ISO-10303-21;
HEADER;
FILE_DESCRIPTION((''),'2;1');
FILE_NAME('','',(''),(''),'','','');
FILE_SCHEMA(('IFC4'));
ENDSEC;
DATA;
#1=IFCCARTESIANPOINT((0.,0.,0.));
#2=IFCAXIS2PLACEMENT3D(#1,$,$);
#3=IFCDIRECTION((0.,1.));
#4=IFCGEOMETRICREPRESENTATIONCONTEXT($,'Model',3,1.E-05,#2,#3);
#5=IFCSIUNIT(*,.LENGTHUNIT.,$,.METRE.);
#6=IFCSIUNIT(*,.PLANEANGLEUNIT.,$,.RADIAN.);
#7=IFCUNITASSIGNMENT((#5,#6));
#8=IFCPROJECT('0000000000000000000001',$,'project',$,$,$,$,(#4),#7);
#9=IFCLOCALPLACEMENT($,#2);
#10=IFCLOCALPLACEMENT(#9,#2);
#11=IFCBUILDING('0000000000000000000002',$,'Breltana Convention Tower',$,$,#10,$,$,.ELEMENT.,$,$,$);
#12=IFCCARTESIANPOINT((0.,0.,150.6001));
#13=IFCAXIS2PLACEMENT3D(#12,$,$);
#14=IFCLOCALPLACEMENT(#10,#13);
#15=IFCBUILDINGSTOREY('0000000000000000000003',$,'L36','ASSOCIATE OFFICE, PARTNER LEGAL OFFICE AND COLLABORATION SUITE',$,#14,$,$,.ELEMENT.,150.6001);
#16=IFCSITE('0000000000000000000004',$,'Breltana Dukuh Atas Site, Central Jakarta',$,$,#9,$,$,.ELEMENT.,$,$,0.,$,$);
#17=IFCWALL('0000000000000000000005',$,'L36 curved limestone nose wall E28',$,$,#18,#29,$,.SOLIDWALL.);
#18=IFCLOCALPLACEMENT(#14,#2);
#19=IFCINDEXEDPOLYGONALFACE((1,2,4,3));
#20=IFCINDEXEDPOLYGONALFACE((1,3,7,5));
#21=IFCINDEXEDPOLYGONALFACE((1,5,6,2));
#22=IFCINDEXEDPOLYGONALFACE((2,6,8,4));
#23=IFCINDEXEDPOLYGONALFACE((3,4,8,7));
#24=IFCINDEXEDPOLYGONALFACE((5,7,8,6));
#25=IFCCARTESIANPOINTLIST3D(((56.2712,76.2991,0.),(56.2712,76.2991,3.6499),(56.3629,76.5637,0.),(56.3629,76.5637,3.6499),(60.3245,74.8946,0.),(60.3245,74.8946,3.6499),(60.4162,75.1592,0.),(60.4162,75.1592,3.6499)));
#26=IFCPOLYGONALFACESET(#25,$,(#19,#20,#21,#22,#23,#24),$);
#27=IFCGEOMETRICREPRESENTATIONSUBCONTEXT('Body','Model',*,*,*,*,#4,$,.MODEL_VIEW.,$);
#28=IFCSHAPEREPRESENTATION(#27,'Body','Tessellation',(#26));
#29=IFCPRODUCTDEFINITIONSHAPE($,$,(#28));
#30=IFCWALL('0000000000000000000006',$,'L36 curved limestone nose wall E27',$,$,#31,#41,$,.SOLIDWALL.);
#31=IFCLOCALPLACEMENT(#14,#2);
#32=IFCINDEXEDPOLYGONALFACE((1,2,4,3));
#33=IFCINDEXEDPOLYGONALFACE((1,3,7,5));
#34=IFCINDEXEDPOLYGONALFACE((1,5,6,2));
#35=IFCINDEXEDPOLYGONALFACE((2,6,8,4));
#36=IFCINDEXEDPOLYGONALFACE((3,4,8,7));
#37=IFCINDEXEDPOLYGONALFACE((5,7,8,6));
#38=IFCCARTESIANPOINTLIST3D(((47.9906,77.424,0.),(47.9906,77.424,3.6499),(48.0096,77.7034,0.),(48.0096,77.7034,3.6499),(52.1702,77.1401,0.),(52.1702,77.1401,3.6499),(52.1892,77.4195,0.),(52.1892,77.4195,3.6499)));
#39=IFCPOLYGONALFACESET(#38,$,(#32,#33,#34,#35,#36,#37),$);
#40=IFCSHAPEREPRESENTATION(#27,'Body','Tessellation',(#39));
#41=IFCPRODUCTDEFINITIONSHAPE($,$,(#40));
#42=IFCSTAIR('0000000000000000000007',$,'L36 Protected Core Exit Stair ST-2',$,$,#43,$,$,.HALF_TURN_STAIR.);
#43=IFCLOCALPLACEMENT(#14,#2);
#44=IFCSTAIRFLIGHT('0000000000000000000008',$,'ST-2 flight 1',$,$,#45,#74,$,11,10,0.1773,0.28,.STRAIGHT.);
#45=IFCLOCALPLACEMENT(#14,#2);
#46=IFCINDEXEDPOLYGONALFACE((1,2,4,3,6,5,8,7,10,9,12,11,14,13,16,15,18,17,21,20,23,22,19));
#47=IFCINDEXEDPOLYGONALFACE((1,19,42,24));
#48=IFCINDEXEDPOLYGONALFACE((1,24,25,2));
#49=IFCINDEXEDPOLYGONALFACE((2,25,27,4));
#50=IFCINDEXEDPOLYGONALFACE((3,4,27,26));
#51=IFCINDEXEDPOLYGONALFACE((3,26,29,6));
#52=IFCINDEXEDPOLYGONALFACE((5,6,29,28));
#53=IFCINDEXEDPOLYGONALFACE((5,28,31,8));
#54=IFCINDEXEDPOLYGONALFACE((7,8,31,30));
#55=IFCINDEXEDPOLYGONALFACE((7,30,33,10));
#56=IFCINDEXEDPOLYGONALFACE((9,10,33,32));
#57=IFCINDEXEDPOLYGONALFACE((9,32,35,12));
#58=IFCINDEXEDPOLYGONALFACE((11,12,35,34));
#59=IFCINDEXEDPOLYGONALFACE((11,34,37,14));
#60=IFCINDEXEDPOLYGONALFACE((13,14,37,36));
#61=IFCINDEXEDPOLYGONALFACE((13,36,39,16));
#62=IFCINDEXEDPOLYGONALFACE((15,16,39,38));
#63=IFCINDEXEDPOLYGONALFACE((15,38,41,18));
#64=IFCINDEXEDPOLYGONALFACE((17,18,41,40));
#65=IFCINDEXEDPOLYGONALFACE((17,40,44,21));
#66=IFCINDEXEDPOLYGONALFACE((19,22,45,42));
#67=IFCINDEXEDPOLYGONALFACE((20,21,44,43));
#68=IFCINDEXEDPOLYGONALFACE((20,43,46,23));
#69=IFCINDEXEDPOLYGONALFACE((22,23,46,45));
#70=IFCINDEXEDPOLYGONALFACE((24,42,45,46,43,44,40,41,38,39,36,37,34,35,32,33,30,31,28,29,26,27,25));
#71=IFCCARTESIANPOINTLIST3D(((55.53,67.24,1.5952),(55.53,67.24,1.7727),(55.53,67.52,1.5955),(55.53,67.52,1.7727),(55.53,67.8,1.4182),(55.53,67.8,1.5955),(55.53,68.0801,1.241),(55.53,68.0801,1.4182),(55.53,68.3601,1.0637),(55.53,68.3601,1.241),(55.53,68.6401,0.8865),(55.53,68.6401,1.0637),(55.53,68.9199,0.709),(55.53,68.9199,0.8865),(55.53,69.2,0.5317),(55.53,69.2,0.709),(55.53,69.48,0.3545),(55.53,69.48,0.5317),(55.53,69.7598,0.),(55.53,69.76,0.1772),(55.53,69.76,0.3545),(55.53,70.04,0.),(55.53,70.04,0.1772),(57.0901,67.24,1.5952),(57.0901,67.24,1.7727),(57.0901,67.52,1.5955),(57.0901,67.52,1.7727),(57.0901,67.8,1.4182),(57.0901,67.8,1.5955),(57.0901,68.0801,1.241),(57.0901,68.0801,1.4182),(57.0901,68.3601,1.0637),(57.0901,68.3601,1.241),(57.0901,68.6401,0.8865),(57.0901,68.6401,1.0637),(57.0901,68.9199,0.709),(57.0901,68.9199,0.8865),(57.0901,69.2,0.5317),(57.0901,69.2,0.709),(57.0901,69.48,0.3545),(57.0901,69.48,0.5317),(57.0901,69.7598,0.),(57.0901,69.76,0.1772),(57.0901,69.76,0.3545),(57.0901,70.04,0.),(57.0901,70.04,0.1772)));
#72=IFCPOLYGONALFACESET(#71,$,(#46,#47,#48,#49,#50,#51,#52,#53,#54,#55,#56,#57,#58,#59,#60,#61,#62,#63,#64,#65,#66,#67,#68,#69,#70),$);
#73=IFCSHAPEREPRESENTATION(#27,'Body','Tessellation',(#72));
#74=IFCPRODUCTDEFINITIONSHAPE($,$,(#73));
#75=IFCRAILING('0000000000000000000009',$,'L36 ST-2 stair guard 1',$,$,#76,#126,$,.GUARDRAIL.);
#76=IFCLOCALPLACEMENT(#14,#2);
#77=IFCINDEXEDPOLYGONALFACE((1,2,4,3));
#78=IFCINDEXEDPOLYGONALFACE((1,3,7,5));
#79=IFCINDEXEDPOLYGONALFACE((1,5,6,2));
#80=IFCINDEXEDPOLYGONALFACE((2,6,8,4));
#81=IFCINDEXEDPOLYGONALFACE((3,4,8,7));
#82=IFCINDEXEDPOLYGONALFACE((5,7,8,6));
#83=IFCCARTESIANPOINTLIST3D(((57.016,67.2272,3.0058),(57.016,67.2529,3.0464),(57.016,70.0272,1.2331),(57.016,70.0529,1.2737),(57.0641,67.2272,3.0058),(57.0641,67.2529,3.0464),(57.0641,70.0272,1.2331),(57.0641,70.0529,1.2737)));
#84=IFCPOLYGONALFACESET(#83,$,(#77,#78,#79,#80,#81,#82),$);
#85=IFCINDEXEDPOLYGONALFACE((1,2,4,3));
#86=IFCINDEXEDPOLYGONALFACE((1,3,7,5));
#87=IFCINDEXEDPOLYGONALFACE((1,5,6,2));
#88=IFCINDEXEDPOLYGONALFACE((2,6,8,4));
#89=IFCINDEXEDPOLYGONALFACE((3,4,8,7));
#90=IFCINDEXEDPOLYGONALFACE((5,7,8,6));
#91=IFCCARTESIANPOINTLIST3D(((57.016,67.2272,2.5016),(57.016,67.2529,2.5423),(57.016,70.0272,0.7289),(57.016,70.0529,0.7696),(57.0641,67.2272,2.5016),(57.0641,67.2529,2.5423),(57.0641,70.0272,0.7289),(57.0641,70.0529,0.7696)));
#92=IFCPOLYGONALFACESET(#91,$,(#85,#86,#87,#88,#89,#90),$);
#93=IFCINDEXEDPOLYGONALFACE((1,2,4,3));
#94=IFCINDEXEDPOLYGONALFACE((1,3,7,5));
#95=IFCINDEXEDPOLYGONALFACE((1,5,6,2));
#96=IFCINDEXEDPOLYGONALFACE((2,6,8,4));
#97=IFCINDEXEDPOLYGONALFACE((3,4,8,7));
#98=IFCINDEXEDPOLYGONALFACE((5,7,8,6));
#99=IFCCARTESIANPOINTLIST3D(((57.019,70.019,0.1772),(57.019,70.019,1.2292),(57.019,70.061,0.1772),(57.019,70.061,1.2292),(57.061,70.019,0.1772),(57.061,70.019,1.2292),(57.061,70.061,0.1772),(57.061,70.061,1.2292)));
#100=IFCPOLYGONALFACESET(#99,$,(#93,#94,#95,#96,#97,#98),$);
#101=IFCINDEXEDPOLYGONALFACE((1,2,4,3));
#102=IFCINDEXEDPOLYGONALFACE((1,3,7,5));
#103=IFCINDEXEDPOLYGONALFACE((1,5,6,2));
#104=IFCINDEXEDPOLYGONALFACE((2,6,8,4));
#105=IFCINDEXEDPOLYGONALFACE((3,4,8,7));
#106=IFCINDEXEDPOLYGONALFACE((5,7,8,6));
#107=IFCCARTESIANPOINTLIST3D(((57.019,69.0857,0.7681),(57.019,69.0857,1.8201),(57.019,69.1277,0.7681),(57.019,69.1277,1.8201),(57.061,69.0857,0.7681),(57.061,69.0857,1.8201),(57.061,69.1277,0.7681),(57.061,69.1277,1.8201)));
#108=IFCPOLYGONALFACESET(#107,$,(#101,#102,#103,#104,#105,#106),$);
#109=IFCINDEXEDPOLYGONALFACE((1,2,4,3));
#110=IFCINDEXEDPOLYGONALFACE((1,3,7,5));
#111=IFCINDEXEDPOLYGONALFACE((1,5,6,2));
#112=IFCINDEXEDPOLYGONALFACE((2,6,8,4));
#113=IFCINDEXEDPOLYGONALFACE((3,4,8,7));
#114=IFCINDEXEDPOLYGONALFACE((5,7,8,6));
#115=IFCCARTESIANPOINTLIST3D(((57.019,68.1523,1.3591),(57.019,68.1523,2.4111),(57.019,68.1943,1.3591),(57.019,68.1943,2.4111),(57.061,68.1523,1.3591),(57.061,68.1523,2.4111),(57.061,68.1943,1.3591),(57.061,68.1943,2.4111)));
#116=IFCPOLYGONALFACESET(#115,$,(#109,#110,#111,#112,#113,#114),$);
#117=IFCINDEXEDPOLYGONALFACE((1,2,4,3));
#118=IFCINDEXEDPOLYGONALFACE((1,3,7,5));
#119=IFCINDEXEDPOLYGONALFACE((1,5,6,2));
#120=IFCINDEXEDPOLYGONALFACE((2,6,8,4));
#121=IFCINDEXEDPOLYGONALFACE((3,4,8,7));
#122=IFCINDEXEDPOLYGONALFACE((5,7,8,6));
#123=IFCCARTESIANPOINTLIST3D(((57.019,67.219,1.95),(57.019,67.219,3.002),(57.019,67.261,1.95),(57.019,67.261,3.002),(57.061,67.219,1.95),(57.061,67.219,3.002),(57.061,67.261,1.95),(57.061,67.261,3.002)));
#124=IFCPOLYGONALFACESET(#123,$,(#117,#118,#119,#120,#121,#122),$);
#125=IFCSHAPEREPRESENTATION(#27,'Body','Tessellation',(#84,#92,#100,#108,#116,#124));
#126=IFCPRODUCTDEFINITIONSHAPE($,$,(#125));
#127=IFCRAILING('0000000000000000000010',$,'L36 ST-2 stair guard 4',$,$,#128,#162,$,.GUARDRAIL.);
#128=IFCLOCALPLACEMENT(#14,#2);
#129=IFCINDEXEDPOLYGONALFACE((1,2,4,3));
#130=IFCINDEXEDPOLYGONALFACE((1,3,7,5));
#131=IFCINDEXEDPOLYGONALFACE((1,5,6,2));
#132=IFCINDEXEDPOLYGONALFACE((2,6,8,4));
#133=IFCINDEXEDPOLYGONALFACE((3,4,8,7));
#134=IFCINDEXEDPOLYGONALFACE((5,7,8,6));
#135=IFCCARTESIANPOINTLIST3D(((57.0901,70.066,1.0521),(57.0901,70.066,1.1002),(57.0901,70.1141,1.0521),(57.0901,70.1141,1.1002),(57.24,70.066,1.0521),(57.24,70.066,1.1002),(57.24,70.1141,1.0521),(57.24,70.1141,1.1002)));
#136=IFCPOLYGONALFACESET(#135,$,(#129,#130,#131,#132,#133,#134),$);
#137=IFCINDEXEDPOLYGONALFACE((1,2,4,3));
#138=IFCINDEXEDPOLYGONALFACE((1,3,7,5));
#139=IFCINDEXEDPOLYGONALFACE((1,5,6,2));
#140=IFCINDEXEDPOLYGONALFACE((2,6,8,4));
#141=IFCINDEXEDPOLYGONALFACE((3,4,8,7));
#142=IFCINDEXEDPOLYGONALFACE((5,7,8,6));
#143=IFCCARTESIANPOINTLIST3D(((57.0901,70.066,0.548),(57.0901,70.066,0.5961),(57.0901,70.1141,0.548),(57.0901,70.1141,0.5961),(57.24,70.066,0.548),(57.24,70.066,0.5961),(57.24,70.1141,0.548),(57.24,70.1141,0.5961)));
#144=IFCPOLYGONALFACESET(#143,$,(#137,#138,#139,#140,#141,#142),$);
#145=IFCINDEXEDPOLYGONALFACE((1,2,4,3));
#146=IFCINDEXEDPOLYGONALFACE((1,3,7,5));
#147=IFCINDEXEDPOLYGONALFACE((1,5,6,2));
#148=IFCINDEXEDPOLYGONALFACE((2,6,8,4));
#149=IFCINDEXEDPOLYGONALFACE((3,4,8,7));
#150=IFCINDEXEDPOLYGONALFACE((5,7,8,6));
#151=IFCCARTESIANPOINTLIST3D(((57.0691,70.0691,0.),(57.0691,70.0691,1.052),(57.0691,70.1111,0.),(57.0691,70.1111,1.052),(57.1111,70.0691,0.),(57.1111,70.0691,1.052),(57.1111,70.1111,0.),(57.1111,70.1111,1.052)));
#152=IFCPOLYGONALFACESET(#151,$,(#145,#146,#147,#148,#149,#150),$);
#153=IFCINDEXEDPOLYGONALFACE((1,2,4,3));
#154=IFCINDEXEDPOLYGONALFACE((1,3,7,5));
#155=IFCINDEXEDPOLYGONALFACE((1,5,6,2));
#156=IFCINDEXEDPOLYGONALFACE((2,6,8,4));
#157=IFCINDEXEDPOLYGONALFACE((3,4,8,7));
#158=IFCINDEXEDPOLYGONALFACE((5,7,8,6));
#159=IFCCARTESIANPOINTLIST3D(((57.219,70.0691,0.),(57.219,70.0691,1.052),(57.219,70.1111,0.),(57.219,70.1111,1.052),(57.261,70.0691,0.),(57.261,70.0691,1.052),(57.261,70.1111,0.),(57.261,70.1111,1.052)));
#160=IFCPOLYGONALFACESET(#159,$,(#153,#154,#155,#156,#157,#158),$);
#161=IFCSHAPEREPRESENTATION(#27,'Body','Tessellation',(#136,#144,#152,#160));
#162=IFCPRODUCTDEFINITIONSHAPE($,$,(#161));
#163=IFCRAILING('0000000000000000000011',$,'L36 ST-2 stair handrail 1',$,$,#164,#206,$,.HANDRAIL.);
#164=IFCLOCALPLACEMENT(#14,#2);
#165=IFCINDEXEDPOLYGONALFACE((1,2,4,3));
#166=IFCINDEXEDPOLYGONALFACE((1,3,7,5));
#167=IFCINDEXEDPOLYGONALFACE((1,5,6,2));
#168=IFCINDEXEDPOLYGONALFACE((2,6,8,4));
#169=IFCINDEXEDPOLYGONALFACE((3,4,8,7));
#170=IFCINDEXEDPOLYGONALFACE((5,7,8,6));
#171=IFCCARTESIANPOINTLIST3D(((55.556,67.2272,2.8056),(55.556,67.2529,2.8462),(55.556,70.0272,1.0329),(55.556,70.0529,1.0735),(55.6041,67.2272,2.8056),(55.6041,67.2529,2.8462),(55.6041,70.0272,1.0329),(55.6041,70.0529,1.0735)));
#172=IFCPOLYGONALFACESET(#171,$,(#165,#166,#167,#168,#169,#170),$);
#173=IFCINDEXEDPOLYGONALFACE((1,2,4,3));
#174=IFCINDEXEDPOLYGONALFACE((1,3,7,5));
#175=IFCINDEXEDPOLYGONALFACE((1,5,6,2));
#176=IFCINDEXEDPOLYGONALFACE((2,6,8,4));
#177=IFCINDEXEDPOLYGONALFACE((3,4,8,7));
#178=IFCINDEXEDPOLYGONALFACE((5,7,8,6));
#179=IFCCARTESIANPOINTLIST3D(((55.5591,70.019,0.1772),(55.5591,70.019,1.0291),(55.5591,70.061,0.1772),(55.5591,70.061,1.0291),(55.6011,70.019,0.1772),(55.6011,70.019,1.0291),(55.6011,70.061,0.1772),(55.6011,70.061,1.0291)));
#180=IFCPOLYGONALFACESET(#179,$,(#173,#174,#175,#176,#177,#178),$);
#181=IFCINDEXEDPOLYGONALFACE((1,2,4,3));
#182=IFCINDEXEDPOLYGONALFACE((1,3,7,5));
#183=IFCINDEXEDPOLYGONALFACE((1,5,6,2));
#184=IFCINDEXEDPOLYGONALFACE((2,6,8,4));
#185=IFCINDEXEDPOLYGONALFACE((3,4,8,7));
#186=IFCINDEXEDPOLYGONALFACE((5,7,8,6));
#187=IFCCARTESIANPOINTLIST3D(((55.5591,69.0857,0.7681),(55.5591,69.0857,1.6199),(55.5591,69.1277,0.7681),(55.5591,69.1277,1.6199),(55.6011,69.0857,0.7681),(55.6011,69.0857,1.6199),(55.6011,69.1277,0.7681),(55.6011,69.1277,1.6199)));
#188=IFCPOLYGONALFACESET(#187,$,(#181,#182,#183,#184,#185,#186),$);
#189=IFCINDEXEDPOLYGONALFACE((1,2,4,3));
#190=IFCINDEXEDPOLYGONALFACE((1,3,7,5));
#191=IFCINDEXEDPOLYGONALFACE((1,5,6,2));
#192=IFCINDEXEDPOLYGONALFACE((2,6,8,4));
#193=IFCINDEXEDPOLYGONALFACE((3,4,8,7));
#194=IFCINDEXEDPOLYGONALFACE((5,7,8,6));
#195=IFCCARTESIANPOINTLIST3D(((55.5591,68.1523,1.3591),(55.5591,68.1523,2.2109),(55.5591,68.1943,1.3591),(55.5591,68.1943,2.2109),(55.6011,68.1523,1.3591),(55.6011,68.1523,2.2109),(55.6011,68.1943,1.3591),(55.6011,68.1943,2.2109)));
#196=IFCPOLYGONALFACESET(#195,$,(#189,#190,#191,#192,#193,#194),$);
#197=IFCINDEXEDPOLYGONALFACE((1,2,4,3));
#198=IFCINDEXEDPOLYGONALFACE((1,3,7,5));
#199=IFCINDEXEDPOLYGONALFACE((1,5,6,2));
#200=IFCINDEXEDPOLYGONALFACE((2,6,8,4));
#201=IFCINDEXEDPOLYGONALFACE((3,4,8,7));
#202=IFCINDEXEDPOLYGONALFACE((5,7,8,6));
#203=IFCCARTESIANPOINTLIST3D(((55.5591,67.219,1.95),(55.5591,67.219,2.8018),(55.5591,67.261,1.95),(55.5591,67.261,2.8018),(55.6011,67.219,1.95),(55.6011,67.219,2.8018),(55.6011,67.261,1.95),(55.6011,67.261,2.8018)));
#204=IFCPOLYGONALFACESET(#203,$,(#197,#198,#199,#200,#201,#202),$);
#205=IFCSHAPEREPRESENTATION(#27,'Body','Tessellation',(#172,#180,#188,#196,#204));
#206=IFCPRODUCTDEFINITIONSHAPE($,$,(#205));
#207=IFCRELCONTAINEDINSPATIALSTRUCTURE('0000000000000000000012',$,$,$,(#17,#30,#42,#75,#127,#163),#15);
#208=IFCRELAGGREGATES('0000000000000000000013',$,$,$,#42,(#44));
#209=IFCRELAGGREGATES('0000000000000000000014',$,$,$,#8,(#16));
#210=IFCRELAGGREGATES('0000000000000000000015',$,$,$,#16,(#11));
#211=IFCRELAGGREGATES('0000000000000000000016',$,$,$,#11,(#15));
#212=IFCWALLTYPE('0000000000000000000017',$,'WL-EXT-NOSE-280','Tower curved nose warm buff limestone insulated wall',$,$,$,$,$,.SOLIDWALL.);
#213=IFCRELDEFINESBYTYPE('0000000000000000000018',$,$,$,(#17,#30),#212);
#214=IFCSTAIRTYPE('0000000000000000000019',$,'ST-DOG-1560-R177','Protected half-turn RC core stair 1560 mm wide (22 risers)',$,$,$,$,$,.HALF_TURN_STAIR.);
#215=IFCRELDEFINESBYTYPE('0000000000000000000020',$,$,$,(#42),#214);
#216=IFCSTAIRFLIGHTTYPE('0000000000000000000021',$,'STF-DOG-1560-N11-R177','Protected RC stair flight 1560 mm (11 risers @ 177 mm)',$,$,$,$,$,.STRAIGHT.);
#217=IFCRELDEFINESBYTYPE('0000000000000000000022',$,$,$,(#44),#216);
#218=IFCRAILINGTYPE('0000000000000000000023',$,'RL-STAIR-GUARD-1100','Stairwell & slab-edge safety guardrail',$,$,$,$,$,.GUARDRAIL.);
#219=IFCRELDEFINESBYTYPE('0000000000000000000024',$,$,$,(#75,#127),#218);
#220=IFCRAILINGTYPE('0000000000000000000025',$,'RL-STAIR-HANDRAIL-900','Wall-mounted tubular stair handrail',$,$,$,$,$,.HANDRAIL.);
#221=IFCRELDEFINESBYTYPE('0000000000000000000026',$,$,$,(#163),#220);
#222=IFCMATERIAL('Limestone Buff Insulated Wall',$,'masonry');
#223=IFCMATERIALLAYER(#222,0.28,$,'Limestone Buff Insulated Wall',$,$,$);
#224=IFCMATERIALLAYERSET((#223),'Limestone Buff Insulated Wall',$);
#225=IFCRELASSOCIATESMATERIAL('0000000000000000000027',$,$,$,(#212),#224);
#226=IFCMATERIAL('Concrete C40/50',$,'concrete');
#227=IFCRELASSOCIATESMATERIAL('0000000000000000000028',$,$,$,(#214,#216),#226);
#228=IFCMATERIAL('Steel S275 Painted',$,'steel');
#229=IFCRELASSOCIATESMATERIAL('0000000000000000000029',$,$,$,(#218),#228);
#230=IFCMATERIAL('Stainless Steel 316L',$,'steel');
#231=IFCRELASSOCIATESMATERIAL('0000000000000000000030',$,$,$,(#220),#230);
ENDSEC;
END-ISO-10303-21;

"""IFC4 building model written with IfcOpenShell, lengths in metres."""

from ifc_helpers import new_model, si_unit, direction, frame, frame_2d, origin, origin_2d, place, context, subcontext, project, spatial, polyline, rectangle, outline, extrude, source, transform, mapped, material, layer, layer_set, type_object, element, aggregate, save


model = new_model("IFC4")

# Units and contexts
model_context = context("Model", 3, precision=1e-05, world=origin(), true_north=direction((0.0, 1.0)))
body_context = subcontext(model_context, "Body", "Model", "MODEL_VIEW")
ifc_project = project(units=[si_unit("LENGTHUNIT", "METRE"), si_unit("PLANEANGLEUNIT", "RADIAN")], contexts=[model_context])

# Site, building, storey
site_placement = place(None, origin())
site = spatial("IfcSite", under=ifc_project, at=site_placement, Name="Breltana Dukuh Atas Site, Central Jakarta", CompositionType="ELEMENT", RefElevation=0.0)
building_placement = place(site_placement, origin())
building = spatial("IfcBuilding", under=site, at=building_placement, Name="Breltana Convention Tower", CompositionType="ELEMENT")
storey_placement = place(building_placement, frame((0.0, 0.0, 150.6001)))
storey = spatial("IfcBuildingStorey", under=building, at=storey_placement, Name="L36", Description="ASSOCIATE OFFICE, PARTNER LEGAL OFFICE AND COLLABORATION SUITE", CompositionType="ELEMENT", Elevation=150.6001)

# Walls
ifc_material_1 = material(Name="Limestone Buff Insulated Wall", Category="masonry")
ifc_layer_1 = layer(ifc_material_1, 0.28, Name="Limestone Buff Insulated Wall")
ifc_layer_set_1 = layer_set([ifc_layer_1], Name="Limestone Buff Insulated Wall")
wall_type_1 = type_object("IfcWallType", Name="WL-EXT-NOSE-280", Description="Tower curved nose warm buff limestone insulated wall", PredefinedType="SOLIDWALL", material=ifc_layer_set_1)
shared_shape_1 = source(origin(), body_context, "Body", "SweptSolid", [
    extrude(rectangle(XDim=4.2898, YDim=0.28, at=frame_2d((2.145, 0.0))), origin(), (0.0, 0.0, 1.0), 3.6499),
])
wall_1_placement = place(storey_placement, frame((56.3169, 76.4314, 0.0), z_axis=(0.0, 0.0, 1.0), x_axis=(0.944884, -0.327406, 0.0)))
element("IfcWall", 1, at=wall_1_placement, inside=storey, type_object=wall_type_1, Name="L36 curved limestone nose wall E28", PredefinedType="SOLIDWALL", context=body_context, shape_type="MappedRepresentation", body=[
    mapped(shared_shape_1, transform((0.0, 0.0, 0.0), scale=1.0)),
])
shared_shape_2 = source(origin(), body_context, "Body", "SweptSolid", [
    extrude(rectangle(XDim=4.1892, YDim=0.28, at=frame_2d((2.0947, 0.0))), origin(), (0.0, 0.0, 1.0), 3.6499),
])
wall_2_placement = place(storey_placement, frame((48.0, 77.5637, 0.0), z_axis=(0.0, 0.0, 1.0), x_axis=(0.997701, -0.067776, 0.0)))
element("IfcWall", 2, at=wall_2_placement, inside=storey, type_object=wall_type_1, Name="L36 curved limestone nose wall E27", PredefinedType="SOLIDWALL", context=body_context, shape_type="MappedRepresentation", body=[
    mapped(shared_shape_2, transform((0.0, 0.0, 0.0), scale=1.0)),
])

# Stair, stair flight
ifc_material_2 = material(Name="Concrete C40/50", Category="concrete")
stair_type = type_object("IfcStairType", Name="ST-DOG-1560-R177", Description="Protected half-turn RC core stair 1560 mm wide (22 risers)", PredefinedType="HALF_TURN_STAIR", material=ifc_material_2)
stair_placement = place(storey_placement, origin())
stair = element("IfcStair", 3, at=stair_placement, inside=storey, type_object=stair_type, Name="L36 Protected Core Exit Stair ST-2", PredefinedType="HALF_TURN_STAIR")
stair_flight_type = type_object("IfcStairFlightType", Name="STF-DOG-1560-N11-R177", Description="Protected RC stair flight 1560 mm (11 risers @ 177 mm)", PredefinedType="STRAIGHT", material=ifc_material_2)
stair_flight_placement = place(storey_placement, frame((56.3101, 70.04, 0.0), z_axis=(0.0, 0.0, 1.0), x_axis=(0.0, -1.0, 0.0)))
stair_flight = element("IfcStairFlight", 4, at=stair_flight_placement, type_object=stair_flight_type, Name="ST-2 flight 1", NumberOfRisers=11, NumberOfTreads=10, PredefinedType="STRAIGHT", RiserHeight=0.1773, TreadLength=0.28, context=body_context, shape_type="SweptSolid", body=[
    extrude(outline(polyline([(0.0, 0.0), (0.0, 0.1772), (0.28, 0.1772), (0.28, 0.3545), (0.5601, 0.3545), (0.5601, 0.5317), (0.8401, 0.5317), (0.8401, 0.709), (1.1201, 0.709), (1.1201, 0.8865), (1.3999, 0.8865), (1.3999, 1.0637), (1.6799, 1.0637), (1.6799, 1.241), (1.96, 1.241), (1.96, 1.4182), (2.24, 1.4182), (2.24, 1.5955), (2.52, 1.5955), (2.52, 1.7727), (2.8, 1.7727), (2.8, 1.95), (2.8, 1.5952), (0.2803, 0.0), (0.0, 0.0)])), frame((0.0, 0.78, 0.0), z_axis=(0.0, -1.0, 0.0), x_axis=(1.0, 0.0, 0.0)), (0.0, 0.0, 1.0), 1.5601),
])
aggregate(stair, [stair_flight])

# Railings
ifc_material_3 = material(Name="Steel S275 Painted", Category="steel")
railing_type_1 = type_object("IfcRailingType", Name="RL-STAIR-GUARD-1100", Description="Stairwell & slab-edge safety guardrail", PredefinedType="GUARDRAIL", material=ifc_material_3)
railing_1_placement = place(storey_placement, frame((57.04, 70.04, 0.1772)))
element("IfcRailing", 5, at=railing_1_placement, inside=storey, type_object=railing_type_1, Name="L36 ST-2 stair guard 1", PredefinedType="GUARDRAIL", context=body_context, shape_type="SweptSolid", body=[
    extrude(rectangle(XDim=0.0481, YDim=0.0481, at=origin_2d()), frame((0.0, 0.0, 1.0762), z_axis=(0.0, -0.844909, 0.53491), x_axis=(1.0, 0.0, 0.0)), (0.0, 0.0, 1.0), 3.314),
    extrude(rectangle(XDim=0.0481, YDim=0.0481, at=origin_2d()), frame((0.0, 0.0, 0.572), z_axis=(0.0, -0.844909, 0.53491), x_axis=(1.0, 0.0, 0.0)), (0.0, 0.0, 1.0), 3.314),
    extrude(rectangle(XDim=0.042, YDim=0.042, at=origin_2d()), origin(), (0.0, 0.0, 1.0), 1.052),
    extrude(rectangle(XDim=0.042, YDim=0.042, at=origin_2d()), frame((0.0, -0.9333, 0.5908)), (0.0, 0.0, 1.0), 1.052),
    extrude(rectangle(XDim=0.042, YDim=0.042, at=origin_2d()), frame((0.0, -1.8667, 1.1819)), (0.0, 0.0, 1.0), 1.052),
    extrude(rectangle(XDim=0.042, YDim=0.042, at=origin_2d()), frame((0.0, -2.8, 1.7727)), (0.0, 0.0, 1.0), 1.052),
])
railing_2_placement = place(storey_placement, frame((57.0901, 70.0901, 0.0)))
element("IfcRailing", 6, at=railing_2_placement, inside=storey, type_object=railing_type_1, Name="L36 ST-2 stair guard 4", PredefinedType="GUARDRAIL", context=body_context, shape_type="SweptSolid", body=[
    extrude(rectangle(XDim=0.0481, YDim=0.0481, at=origin_2d()), frame((0.0, 0.0, 1.0762), z_axis=(1.0, 0.0, 0.0), x_axis=(0.0, 1.0, 0.0)), (0.0, 0.0, 1.0), 0.1499),
    extrude(rectangle(XDim=0.0481, YDim=0.0481, at=origin_2d()), frame((0.0, 0.0, 0.572), z_axis=(1.0, 0.0, 0.0), x_axis=(0.0, 1.0, 0.0)), (0.0, 0.0, 1.0), 0.1499),
    extrude(rectangle(XDim=0.042, YDim=0.042, at=origin_2d()), origin(), (0.0, 0.0, 1.0), 1.052),
    extrude(rectangle(XDim=0.042, YDim=0.042, at=origin_2d()), frame((0.1499, 0.0, 0.0)), (0.0, 0.0, 1.0), 1.052),
])
ifc_material_4 = material(Name="Stainless Steel 316L", Category="steel")
railing_type_2 = type_object("IfcRailingType", Name="RL-STAIR-HANDRAIL-900", Description="Wall-mounted tubular stair handrail", PredefinedType="HANDRAIL", material=ifc_material_4)
railing_3_placement = place(storey_placement, frame((55.5801, 70.04, 0.1772)))
element("IfcRailing", 7, at=railing_3_placement, inside=storey, type_object=railing_type_2, Name="L36 ST-2 stair handrail 1", PredefinedType="HANDRAIL", context=body_context, shape_type="SweptSolid", body=[
    extrude(rectangle(XDim=0.0481, YDim=0.0481, at=origin_2d()), frame((0.0, 0.0, 0.876), z_axis=(0.0, -0.844909, 0.53491), x_axis=(1.0, 0.0, 0.0)), (0.0, 0.0, 1.0), 3.314),
    extrude(rectangle(XDim=0.042, YDim=0.042, at=origin_2d()), origin(), (0.0, 0.0, 1.0), 0.8518),
    extrude(rectangle(XDim=0.042, YDim=0.042, at=origin_2d()), frame((0.0, -0.9333, 0.5908)), (0.0, 0.0, 1.0), 0.8518),
    extrude(rectangle(XDim=0.042, YDim=0.042, at=origin_2d()), frame((0.0, -1.8667, 1.1819)), (0.0, 0.0, 1.0), 0.8518),
    extrude(rectangle(XDim=0.042, YDim=0.042, at=origin_2d()), frame((0.0, -2.8, 1.7727)), (0.0, 0.0, 1.0), 0.8518),
])

save(model, "model.ifc")
